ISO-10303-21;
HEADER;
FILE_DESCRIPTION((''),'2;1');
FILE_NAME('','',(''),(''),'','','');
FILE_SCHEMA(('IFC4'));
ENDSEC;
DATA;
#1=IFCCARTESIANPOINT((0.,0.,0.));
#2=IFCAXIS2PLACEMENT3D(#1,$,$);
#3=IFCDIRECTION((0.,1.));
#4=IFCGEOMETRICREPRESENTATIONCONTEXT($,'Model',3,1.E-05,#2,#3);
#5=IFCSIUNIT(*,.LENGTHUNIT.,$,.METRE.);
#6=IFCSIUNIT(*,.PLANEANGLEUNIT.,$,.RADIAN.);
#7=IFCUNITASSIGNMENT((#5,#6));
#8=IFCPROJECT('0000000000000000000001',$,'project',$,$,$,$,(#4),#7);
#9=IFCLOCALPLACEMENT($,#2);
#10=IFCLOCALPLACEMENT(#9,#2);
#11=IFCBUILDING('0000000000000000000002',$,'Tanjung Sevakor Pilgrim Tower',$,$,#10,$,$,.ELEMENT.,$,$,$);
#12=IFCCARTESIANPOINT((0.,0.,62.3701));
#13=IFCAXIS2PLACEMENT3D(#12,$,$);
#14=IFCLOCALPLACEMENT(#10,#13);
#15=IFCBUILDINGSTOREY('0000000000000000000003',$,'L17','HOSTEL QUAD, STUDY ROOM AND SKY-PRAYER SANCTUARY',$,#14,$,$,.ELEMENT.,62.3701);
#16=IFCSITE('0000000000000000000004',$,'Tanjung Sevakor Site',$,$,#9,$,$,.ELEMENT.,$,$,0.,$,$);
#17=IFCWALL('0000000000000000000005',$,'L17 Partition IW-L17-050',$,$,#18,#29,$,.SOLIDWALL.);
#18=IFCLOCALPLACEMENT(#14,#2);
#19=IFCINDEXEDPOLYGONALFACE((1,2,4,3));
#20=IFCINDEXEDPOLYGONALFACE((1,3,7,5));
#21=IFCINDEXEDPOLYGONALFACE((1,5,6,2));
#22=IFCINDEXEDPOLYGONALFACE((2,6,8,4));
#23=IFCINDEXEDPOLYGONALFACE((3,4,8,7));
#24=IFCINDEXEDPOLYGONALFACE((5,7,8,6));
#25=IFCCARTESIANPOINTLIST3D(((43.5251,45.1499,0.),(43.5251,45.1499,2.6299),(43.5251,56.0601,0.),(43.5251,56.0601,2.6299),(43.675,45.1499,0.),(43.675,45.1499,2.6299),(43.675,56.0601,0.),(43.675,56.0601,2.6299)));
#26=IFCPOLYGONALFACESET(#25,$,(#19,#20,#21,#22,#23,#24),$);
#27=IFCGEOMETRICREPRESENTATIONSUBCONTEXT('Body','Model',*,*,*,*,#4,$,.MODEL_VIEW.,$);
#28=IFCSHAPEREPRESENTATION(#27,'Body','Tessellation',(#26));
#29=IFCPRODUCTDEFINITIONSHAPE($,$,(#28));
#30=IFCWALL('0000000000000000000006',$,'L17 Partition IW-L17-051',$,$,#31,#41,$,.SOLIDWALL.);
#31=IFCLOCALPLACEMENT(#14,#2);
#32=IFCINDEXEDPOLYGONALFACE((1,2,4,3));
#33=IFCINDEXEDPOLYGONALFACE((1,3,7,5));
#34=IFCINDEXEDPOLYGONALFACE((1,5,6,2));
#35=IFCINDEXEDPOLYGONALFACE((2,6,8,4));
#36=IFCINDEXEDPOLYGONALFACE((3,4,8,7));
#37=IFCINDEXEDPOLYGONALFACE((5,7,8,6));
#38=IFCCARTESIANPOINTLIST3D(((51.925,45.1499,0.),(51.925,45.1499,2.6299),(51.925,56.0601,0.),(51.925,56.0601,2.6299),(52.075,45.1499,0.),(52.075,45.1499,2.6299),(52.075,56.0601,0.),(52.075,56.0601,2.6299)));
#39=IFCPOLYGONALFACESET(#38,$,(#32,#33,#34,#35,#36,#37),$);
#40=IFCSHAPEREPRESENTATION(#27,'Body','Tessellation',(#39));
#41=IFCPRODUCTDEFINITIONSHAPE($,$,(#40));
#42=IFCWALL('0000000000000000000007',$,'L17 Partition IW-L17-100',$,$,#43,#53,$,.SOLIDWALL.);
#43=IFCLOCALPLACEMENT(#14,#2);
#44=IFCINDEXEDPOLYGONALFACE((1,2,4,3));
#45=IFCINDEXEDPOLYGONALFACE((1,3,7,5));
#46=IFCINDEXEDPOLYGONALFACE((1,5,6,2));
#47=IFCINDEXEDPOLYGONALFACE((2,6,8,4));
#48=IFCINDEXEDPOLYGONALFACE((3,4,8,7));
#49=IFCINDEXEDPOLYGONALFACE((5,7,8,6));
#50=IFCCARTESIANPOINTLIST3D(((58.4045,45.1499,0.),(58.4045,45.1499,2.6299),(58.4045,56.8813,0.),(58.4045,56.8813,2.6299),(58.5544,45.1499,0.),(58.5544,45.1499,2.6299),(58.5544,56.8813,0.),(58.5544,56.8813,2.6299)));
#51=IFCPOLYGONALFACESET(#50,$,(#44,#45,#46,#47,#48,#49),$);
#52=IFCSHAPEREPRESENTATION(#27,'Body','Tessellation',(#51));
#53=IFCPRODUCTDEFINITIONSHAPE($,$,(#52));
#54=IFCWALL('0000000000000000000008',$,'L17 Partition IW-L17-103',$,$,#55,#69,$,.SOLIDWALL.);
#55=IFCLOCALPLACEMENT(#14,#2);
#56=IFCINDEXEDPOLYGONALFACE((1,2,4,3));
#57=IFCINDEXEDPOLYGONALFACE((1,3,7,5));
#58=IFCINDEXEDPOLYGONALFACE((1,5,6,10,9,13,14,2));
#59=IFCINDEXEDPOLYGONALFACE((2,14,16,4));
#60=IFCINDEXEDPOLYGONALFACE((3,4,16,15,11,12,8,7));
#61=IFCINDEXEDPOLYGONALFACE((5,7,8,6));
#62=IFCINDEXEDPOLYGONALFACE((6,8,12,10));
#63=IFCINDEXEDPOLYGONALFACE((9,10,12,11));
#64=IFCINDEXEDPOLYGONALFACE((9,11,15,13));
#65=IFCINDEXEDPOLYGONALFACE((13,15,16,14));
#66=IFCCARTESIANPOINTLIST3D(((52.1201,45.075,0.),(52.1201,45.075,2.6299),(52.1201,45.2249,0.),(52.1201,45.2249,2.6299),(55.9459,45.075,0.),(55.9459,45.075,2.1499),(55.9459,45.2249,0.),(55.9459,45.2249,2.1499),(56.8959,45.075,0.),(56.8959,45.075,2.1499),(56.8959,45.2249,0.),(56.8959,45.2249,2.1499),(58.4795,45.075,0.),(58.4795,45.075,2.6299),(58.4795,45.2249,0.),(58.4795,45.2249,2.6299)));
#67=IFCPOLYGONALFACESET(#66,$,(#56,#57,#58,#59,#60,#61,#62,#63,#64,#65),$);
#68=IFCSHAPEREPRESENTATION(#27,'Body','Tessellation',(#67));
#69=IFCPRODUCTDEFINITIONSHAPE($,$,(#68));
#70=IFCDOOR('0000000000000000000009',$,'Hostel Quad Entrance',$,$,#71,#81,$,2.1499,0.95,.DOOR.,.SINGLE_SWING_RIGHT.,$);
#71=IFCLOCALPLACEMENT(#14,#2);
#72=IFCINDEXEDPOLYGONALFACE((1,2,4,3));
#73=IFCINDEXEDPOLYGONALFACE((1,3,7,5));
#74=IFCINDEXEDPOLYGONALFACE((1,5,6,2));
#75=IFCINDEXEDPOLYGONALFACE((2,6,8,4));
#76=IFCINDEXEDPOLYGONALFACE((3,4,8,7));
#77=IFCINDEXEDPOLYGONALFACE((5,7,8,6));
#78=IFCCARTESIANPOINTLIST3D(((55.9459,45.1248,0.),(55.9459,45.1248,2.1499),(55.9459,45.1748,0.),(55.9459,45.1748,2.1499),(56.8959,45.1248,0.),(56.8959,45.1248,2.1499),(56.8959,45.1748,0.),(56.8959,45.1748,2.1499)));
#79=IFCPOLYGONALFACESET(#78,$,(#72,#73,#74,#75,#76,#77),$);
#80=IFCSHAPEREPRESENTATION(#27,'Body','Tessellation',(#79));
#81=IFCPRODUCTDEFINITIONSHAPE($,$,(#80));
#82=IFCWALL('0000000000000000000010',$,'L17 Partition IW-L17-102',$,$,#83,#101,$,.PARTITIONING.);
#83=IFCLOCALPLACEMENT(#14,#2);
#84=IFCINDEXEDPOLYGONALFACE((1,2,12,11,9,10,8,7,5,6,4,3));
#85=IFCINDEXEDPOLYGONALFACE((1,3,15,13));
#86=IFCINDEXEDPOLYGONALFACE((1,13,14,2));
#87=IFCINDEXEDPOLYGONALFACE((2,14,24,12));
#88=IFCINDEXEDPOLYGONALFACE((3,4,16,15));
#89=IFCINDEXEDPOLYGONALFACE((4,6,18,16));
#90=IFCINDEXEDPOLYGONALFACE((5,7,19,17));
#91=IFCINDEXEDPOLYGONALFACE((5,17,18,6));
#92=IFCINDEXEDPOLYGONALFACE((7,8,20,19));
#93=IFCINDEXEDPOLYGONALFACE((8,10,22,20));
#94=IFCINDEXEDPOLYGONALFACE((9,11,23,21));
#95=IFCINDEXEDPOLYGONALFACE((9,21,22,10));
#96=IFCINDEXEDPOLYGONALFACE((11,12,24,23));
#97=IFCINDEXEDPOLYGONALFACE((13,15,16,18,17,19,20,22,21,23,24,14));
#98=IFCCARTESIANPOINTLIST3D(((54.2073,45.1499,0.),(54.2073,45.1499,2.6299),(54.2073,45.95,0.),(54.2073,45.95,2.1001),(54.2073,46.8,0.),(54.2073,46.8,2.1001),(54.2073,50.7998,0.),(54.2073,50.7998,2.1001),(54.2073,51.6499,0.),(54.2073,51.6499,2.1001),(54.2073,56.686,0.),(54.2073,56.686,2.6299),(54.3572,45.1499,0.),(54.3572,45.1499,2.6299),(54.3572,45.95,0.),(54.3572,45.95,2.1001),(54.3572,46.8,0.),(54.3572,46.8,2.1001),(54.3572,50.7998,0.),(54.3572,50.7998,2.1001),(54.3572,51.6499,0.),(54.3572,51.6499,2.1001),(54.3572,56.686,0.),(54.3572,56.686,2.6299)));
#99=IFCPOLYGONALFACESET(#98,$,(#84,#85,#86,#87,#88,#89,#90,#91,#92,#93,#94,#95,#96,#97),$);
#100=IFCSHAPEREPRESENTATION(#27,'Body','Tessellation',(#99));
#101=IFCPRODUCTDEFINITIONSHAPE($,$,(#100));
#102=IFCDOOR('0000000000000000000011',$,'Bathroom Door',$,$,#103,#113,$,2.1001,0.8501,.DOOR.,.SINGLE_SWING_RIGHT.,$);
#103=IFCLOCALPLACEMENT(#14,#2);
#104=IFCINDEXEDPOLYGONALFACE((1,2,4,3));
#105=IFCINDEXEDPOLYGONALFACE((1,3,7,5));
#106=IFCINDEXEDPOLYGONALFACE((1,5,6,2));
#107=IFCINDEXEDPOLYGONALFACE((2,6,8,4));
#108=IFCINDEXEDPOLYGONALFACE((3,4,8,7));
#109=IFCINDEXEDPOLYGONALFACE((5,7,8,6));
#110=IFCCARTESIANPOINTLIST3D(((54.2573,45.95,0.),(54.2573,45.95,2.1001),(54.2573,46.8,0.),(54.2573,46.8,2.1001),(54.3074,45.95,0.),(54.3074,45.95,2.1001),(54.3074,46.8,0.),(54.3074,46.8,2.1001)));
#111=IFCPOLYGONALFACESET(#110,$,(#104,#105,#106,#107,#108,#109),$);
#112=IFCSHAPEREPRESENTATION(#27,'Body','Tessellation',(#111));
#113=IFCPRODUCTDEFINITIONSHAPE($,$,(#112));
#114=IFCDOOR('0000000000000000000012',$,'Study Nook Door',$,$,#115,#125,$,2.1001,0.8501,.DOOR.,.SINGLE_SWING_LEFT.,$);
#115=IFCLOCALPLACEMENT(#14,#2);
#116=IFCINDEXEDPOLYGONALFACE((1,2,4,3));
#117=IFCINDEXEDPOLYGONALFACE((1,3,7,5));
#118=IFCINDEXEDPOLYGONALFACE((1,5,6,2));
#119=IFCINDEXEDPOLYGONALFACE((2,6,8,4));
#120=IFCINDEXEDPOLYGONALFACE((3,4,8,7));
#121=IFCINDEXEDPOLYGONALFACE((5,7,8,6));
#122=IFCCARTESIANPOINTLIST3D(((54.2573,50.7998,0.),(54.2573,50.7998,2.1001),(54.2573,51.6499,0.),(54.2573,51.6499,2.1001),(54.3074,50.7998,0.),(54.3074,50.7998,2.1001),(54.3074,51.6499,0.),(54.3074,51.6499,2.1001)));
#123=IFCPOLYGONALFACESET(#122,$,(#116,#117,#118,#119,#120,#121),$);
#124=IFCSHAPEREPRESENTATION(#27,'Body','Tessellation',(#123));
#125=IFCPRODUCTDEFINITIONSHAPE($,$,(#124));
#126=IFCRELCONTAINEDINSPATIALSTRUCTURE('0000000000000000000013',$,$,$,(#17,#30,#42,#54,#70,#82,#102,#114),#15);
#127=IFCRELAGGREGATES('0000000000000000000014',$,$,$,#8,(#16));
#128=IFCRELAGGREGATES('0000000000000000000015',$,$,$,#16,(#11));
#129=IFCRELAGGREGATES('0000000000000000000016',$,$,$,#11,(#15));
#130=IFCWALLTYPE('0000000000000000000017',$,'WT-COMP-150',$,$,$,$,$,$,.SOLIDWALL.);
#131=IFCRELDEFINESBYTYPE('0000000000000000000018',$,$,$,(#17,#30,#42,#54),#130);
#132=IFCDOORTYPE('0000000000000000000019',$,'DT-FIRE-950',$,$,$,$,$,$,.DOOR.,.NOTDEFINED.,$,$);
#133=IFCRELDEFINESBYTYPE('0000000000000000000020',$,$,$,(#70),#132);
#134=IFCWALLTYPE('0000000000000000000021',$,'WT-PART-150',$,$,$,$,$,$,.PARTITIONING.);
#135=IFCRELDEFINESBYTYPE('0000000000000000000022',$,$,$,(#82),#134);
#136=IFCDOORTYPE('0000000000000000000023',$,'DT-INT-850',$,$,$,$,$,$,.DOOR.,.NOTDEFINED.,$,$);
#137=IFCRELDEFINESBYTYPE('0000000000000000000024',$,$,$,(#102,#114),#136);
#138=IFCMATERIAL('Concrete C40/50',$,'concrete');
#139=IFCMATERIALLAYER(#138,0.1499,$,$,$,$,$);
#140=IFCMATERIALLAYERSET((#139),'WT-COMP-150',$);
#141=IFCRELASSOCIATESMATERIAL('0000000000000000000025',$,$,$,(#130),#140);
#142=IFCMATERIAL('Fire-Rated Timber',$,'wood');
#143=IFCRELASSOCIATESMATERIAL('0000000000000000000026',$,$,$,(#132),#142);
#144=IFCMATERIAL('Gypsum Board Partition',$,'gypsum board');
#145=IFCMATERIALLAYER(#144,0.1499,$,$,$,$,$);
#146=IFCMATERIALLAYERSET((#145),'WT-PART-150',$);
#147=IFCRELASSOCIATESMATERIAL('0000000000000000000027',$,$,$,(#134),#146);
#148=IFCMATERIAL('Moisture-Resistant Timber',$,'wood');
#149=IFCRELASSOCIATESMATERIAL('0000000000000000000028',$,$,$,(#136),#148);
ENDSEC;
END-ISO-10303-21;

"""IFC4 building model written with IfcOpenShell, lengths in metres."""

from ifc_helpers import new_model, si_unit, direction, frame, frame_2d, origin, place, context, subcontext, project, spatial, rectangle, extrude, material, layer, layer_set, type_object, element, fill, save


model = new_model("IFC4")

# Units and contexts
model_context = context("Model", 3, precision=1e-05, world=origin(), true_north=direction((0.0, 1.0)))
body_context = subcontext(model_context, "Body", "Model", "MODEL_VIEW")
ifc_project = project(units=[si_unit("LENGTHUNIT", "METRE"), si_unit("PLANEANGLEUNIT", "RADIAN")], contexts=[model_context])

# Site, building, storey
site_placement = place(None, origin())
site = spatial("IfcSite", under=ifc_project, at=site_placement, Name="Tanjung Sevakor Site", CompositionType="ELEMENT", RefElevation=0.0)
building_placement = place(site_placement, origin())
building = spatial("IfcBuilding", under=site, at=building_placement, Name="Tanjung Sevakor Pilgrim Tower", CompositionType="ELEMENT")
storey_placement = place(building_placement, frame((0.0, 0.0, 62.3701)))
storey = spatial("IfcBuildingStorey", under=building, at=storey_placement, Name="L17", Description="HOSTEL QUAD, STUDY ROOM AND SKY-PRAYER SANCTUARY", CompositionType="ELEMENT", Elevation=62.3701)

# Shared definitions
ifc_material_1 = material(Name="Concrete C40/50", Category="concrete")
ifc_layer_1 = layer(ifc_material_1, 0.1499)
ifc_layer_set_1 = layer_set([ifc_layer_1], Name="WT-COMP-150")
wall_type_1 = type_object("IfcWallType", Name="WT-COMP-150", PredefinedType="SOLIDWALL", material=ifc_layer_set_1)

# Walls
for number, where, z_axis, x_axis, name in (
    (1, (43.6001, 45.1499, 0.0), (0.0, 0.0, 1.0), (0.0, 1.0, 0.0), "L17 Partition IW-L17-050"),
    (2, (52.0, 45.1499, 0.0), (0.0, 0.0, 1.0), (0.0, 1.0, 0.0), "L17 Partition IW-L17-051"),
):
    element("IfcWall", number, at=place(storey_placement, frame(where, z_axis=z_axis, x_axis=x_axis)), inside=storey, type_object=wall_type_1, Name=name, PredefinedType="SOLIDWALL", context=body_context, shape_type="SweptSolid", body=[
        extrude(rectangle(XDim=10.9102, YDim=0.1499, at=frame_2d((5.4551, 0.0))), origin(), (0.0, 0.0, 1.0), 2.6299),
    ])
wall_1_placement = place(storey_placement, frame((58.4795, 45.1499, 0.0), z_axis=(0.0, 0.0, 1.0), x_axis=(0.0, 1.0, 0.0)))
element("IfcWall", 3, at=wall_1_placement, inside=storey, type_object=wall_type_1, Name="L17 Partition IW-L17-100", PredefinedType="SOLIDWALL", context=body_context, shape_type="SweptSolid", body=[
    extrude(rectangle(XDim=11.7314, YDim=0.1499, at=frame_2d((5.8657, 0.0))), origin(), (0.0, 0.0, 1.0), 2.6299),
])

# Wall, opening, door
wall_2_placement = place(storey_placement, frame((52.1201, 45.1499, 0.0), z_axis=(0.0, 0.0, 1.0), x_axis=(1.0, 0.0, 0.0)))
wall_2 = element("IfcWall", 4, at=wall_2_placement, inside=storey, type_object=wall_type_1, Name="L17 Partition IW-L17-103", PredefinedType="SOLIDWALL", context=body_context, shape_type="SweptSolid", body=[
    extrude(rectangle(XDim=6.3594, YDim=0.1499, at=frame_2d((3.1797, 0.0))), origin(), (0.0, 0.0, 1.0), 2.6299),
])
opening_1_placement = place(wall_2_placement, frame((3.8257, 0.0, 0.0)))
opening_1 = element("IfcOpeningElement", 5, at=opening_1_placement, cuts=wall_2, PredefinedType="OPENING", context=body_context, shape_type="SweptSolid", body=[
    extrude(rectangle(XDim=0.95, YDim=2.1499, at=frame_2d((0.4751, 1.075))), frame((0.0, 0.085, 0.0), z_axis=(0.0, -1.0, 0.0), x_axis=(1.0, 0.0, 0.0)), (0.0, 0.0, 1.0), 0.1699),
])
ifc_material_2 = material(Name="Fire-Rated Timber", Category="wood")
door_type_1 = type_object("IfcDoorType", Name="DT-FIRE-950", OperationType="NOTDEFINED", PredefinedType="DOOR", material=ifc_material_2)
door_1_placement = place(opening_1_placement, origin())
door_1 = element("IfcDoor", 6, at=door_1_placement, inside=storey, type_object=door_type_1, Name="Hostel Quad Entrance", OperationType="SINGLE_SWING_RIGHT", OverallHeight=2.1499, OverallWidth=0.95, PredefinedType="DOOR", context=body_context, shape_type="SweptSolid", body=[
    extrude(rectangle(XDim=0.95, YDim=2.1499, at=frame_2d((0.4751, 1.075))), frame((0.0, 0.0249, 0.0), z_axis=(0.0, -1.0, 0.0), x_axis=(1.0, 0.0, 0.0)), (0.0, 0.0, 1.0), 0.05),
])
fill(opening_1, door_1)

# Wall, openings, doors
ifc_material_3 = material(Name="Gypsum Board Partition", Category="gypsum board")
ifc_layer_2 = layer(ifc_material_3, 0.1499)
ifc_layer_set_2 = layer_set([ifc_layer_2], Name="WT-PART-150")
wall_type_2 = type_object("IfcWallType", Name="WT-PART-150", PredefinedType="PARTITIONING", material=ifc_layer_set_2)
wall_3_placement = place(storey_placement, frame((54.2822, 45.1499, 0.0), z_axis=(0.0, 0.0, 1.0), x_axis=(0.0, 1.0, 0.0)))
wall_3 = element("IfcWall", 7, at=wall_3_placement, inside=storey, type_object=wall_type_2, Name="L17 Partition IW-L17-102", PredefinedType="PARTITIONING", context=body_context, shape_type="SweptSolid", body=[
    extrude(rectangle(XDim=11.5361, YDim=0.1499, at=frame_2d((5.7681, 0.0))), origin(), (0.0, 0.0, 1.0), 2.6299),
])
opening_2_placement = place(wall_3_placement, frame((0.8, 0.0, 0.0)))
opening_2 = element("IfcOpeningElement", 8, at=opening_2_placement, cuts=wall_3, PredefinedType="OPENING", context=body_context, shape_type="SweptSolid", body=[
    extrude(rectangle(XDim=0.8501, YDim=2.1001, at=frame_2d((0.425, 1.05))), frame((0.0, 0.085, 0.0), z_axis=(0.0, -1.0, 0.0), x_axis=(1.0, 0.0, 0.0)), (0.0, 0.0, 1.0), 0.1699),
])
opening_3_placement = place(wall_3_placement, frame((5.6499, 0.0, 0.0)))
opening_3 = element("IfcOpeningElement", 9, at=opening_3_placement, cuts=wall_3, PredefinedType="OPENING", context=body_context, shape_type="SweptSolid", body=[
    extrude(rectangle(XDim=0.8501, YDim=2.1001, at=frame_2d((0.425, 1.05))), frame((0.0, 0.085, 0.0), z_axis=(0.0, -1.0, 0.0), x_axis=(1.0, 0.0, 0.0)), (0.0, 0.0, 1.0), 0.1699),
])
ifc_material_4 = material(Name="Moisture-Resistant Timber", Category="wood")
door_type_2 = type_object("IfcDoorType", Name="DT-INT-850", OperationType="NOTDEFINED", PredefinedType="DOOR", material=ifc_material_4)
door_2_placement = place(opening_2_placement, origin())
door_2 = element("IfcDoor", 10, at=door_2_placement, inside=storey, type_object=door_type_2, Name="Bathroom Door", OperationType="SINGLE_SWING_RIGHT", OverallHeight=2.1001, OverallWidth=0.8501, PredefinedType="DOOR", context=body_context, shape_type="SweptSolid", body=[
    extrude(rectangle(XDim=0.8501, YDim=2.1001, at=frame_2d((0.425, 1.05))), frame((0.0, 0.0249, 0.0), z_axis=(0.0, -1.0, 0.0), x_axis=(1.0, 0.0, 0.0)), (0.0, 0.0, 1.0), 0.05),
])
fill(opening_2, door_2)
door_3_placement = place(opening_3_placement, origin())
door_3 = element("IfcDoor", 11, at=door_3_placement, inside=storey, type_object=door_type_2, Name="Study Nook Door", OperationType="SINGLE_SWING_LEFT", OverallHeight=2.1001, OverallWidth=0.8501, PredefinedType="DOOR", context=body_context, shape_type="SweptSolid", body=[
    extrude(rectangle(XDim=0.8501, YDim=2.1001, at=frame_2d((0.425, 1.05))), frame((0.0, 0.0249, 0.0), z_axis=(0.0, -1.0, 0.0), x_axis=(1.0, 0.0, 0.0)), (0.0, 0.0, 1.0), 0.05),
])
fill(opening_3, door_3)

save(model, "model.ifc")
